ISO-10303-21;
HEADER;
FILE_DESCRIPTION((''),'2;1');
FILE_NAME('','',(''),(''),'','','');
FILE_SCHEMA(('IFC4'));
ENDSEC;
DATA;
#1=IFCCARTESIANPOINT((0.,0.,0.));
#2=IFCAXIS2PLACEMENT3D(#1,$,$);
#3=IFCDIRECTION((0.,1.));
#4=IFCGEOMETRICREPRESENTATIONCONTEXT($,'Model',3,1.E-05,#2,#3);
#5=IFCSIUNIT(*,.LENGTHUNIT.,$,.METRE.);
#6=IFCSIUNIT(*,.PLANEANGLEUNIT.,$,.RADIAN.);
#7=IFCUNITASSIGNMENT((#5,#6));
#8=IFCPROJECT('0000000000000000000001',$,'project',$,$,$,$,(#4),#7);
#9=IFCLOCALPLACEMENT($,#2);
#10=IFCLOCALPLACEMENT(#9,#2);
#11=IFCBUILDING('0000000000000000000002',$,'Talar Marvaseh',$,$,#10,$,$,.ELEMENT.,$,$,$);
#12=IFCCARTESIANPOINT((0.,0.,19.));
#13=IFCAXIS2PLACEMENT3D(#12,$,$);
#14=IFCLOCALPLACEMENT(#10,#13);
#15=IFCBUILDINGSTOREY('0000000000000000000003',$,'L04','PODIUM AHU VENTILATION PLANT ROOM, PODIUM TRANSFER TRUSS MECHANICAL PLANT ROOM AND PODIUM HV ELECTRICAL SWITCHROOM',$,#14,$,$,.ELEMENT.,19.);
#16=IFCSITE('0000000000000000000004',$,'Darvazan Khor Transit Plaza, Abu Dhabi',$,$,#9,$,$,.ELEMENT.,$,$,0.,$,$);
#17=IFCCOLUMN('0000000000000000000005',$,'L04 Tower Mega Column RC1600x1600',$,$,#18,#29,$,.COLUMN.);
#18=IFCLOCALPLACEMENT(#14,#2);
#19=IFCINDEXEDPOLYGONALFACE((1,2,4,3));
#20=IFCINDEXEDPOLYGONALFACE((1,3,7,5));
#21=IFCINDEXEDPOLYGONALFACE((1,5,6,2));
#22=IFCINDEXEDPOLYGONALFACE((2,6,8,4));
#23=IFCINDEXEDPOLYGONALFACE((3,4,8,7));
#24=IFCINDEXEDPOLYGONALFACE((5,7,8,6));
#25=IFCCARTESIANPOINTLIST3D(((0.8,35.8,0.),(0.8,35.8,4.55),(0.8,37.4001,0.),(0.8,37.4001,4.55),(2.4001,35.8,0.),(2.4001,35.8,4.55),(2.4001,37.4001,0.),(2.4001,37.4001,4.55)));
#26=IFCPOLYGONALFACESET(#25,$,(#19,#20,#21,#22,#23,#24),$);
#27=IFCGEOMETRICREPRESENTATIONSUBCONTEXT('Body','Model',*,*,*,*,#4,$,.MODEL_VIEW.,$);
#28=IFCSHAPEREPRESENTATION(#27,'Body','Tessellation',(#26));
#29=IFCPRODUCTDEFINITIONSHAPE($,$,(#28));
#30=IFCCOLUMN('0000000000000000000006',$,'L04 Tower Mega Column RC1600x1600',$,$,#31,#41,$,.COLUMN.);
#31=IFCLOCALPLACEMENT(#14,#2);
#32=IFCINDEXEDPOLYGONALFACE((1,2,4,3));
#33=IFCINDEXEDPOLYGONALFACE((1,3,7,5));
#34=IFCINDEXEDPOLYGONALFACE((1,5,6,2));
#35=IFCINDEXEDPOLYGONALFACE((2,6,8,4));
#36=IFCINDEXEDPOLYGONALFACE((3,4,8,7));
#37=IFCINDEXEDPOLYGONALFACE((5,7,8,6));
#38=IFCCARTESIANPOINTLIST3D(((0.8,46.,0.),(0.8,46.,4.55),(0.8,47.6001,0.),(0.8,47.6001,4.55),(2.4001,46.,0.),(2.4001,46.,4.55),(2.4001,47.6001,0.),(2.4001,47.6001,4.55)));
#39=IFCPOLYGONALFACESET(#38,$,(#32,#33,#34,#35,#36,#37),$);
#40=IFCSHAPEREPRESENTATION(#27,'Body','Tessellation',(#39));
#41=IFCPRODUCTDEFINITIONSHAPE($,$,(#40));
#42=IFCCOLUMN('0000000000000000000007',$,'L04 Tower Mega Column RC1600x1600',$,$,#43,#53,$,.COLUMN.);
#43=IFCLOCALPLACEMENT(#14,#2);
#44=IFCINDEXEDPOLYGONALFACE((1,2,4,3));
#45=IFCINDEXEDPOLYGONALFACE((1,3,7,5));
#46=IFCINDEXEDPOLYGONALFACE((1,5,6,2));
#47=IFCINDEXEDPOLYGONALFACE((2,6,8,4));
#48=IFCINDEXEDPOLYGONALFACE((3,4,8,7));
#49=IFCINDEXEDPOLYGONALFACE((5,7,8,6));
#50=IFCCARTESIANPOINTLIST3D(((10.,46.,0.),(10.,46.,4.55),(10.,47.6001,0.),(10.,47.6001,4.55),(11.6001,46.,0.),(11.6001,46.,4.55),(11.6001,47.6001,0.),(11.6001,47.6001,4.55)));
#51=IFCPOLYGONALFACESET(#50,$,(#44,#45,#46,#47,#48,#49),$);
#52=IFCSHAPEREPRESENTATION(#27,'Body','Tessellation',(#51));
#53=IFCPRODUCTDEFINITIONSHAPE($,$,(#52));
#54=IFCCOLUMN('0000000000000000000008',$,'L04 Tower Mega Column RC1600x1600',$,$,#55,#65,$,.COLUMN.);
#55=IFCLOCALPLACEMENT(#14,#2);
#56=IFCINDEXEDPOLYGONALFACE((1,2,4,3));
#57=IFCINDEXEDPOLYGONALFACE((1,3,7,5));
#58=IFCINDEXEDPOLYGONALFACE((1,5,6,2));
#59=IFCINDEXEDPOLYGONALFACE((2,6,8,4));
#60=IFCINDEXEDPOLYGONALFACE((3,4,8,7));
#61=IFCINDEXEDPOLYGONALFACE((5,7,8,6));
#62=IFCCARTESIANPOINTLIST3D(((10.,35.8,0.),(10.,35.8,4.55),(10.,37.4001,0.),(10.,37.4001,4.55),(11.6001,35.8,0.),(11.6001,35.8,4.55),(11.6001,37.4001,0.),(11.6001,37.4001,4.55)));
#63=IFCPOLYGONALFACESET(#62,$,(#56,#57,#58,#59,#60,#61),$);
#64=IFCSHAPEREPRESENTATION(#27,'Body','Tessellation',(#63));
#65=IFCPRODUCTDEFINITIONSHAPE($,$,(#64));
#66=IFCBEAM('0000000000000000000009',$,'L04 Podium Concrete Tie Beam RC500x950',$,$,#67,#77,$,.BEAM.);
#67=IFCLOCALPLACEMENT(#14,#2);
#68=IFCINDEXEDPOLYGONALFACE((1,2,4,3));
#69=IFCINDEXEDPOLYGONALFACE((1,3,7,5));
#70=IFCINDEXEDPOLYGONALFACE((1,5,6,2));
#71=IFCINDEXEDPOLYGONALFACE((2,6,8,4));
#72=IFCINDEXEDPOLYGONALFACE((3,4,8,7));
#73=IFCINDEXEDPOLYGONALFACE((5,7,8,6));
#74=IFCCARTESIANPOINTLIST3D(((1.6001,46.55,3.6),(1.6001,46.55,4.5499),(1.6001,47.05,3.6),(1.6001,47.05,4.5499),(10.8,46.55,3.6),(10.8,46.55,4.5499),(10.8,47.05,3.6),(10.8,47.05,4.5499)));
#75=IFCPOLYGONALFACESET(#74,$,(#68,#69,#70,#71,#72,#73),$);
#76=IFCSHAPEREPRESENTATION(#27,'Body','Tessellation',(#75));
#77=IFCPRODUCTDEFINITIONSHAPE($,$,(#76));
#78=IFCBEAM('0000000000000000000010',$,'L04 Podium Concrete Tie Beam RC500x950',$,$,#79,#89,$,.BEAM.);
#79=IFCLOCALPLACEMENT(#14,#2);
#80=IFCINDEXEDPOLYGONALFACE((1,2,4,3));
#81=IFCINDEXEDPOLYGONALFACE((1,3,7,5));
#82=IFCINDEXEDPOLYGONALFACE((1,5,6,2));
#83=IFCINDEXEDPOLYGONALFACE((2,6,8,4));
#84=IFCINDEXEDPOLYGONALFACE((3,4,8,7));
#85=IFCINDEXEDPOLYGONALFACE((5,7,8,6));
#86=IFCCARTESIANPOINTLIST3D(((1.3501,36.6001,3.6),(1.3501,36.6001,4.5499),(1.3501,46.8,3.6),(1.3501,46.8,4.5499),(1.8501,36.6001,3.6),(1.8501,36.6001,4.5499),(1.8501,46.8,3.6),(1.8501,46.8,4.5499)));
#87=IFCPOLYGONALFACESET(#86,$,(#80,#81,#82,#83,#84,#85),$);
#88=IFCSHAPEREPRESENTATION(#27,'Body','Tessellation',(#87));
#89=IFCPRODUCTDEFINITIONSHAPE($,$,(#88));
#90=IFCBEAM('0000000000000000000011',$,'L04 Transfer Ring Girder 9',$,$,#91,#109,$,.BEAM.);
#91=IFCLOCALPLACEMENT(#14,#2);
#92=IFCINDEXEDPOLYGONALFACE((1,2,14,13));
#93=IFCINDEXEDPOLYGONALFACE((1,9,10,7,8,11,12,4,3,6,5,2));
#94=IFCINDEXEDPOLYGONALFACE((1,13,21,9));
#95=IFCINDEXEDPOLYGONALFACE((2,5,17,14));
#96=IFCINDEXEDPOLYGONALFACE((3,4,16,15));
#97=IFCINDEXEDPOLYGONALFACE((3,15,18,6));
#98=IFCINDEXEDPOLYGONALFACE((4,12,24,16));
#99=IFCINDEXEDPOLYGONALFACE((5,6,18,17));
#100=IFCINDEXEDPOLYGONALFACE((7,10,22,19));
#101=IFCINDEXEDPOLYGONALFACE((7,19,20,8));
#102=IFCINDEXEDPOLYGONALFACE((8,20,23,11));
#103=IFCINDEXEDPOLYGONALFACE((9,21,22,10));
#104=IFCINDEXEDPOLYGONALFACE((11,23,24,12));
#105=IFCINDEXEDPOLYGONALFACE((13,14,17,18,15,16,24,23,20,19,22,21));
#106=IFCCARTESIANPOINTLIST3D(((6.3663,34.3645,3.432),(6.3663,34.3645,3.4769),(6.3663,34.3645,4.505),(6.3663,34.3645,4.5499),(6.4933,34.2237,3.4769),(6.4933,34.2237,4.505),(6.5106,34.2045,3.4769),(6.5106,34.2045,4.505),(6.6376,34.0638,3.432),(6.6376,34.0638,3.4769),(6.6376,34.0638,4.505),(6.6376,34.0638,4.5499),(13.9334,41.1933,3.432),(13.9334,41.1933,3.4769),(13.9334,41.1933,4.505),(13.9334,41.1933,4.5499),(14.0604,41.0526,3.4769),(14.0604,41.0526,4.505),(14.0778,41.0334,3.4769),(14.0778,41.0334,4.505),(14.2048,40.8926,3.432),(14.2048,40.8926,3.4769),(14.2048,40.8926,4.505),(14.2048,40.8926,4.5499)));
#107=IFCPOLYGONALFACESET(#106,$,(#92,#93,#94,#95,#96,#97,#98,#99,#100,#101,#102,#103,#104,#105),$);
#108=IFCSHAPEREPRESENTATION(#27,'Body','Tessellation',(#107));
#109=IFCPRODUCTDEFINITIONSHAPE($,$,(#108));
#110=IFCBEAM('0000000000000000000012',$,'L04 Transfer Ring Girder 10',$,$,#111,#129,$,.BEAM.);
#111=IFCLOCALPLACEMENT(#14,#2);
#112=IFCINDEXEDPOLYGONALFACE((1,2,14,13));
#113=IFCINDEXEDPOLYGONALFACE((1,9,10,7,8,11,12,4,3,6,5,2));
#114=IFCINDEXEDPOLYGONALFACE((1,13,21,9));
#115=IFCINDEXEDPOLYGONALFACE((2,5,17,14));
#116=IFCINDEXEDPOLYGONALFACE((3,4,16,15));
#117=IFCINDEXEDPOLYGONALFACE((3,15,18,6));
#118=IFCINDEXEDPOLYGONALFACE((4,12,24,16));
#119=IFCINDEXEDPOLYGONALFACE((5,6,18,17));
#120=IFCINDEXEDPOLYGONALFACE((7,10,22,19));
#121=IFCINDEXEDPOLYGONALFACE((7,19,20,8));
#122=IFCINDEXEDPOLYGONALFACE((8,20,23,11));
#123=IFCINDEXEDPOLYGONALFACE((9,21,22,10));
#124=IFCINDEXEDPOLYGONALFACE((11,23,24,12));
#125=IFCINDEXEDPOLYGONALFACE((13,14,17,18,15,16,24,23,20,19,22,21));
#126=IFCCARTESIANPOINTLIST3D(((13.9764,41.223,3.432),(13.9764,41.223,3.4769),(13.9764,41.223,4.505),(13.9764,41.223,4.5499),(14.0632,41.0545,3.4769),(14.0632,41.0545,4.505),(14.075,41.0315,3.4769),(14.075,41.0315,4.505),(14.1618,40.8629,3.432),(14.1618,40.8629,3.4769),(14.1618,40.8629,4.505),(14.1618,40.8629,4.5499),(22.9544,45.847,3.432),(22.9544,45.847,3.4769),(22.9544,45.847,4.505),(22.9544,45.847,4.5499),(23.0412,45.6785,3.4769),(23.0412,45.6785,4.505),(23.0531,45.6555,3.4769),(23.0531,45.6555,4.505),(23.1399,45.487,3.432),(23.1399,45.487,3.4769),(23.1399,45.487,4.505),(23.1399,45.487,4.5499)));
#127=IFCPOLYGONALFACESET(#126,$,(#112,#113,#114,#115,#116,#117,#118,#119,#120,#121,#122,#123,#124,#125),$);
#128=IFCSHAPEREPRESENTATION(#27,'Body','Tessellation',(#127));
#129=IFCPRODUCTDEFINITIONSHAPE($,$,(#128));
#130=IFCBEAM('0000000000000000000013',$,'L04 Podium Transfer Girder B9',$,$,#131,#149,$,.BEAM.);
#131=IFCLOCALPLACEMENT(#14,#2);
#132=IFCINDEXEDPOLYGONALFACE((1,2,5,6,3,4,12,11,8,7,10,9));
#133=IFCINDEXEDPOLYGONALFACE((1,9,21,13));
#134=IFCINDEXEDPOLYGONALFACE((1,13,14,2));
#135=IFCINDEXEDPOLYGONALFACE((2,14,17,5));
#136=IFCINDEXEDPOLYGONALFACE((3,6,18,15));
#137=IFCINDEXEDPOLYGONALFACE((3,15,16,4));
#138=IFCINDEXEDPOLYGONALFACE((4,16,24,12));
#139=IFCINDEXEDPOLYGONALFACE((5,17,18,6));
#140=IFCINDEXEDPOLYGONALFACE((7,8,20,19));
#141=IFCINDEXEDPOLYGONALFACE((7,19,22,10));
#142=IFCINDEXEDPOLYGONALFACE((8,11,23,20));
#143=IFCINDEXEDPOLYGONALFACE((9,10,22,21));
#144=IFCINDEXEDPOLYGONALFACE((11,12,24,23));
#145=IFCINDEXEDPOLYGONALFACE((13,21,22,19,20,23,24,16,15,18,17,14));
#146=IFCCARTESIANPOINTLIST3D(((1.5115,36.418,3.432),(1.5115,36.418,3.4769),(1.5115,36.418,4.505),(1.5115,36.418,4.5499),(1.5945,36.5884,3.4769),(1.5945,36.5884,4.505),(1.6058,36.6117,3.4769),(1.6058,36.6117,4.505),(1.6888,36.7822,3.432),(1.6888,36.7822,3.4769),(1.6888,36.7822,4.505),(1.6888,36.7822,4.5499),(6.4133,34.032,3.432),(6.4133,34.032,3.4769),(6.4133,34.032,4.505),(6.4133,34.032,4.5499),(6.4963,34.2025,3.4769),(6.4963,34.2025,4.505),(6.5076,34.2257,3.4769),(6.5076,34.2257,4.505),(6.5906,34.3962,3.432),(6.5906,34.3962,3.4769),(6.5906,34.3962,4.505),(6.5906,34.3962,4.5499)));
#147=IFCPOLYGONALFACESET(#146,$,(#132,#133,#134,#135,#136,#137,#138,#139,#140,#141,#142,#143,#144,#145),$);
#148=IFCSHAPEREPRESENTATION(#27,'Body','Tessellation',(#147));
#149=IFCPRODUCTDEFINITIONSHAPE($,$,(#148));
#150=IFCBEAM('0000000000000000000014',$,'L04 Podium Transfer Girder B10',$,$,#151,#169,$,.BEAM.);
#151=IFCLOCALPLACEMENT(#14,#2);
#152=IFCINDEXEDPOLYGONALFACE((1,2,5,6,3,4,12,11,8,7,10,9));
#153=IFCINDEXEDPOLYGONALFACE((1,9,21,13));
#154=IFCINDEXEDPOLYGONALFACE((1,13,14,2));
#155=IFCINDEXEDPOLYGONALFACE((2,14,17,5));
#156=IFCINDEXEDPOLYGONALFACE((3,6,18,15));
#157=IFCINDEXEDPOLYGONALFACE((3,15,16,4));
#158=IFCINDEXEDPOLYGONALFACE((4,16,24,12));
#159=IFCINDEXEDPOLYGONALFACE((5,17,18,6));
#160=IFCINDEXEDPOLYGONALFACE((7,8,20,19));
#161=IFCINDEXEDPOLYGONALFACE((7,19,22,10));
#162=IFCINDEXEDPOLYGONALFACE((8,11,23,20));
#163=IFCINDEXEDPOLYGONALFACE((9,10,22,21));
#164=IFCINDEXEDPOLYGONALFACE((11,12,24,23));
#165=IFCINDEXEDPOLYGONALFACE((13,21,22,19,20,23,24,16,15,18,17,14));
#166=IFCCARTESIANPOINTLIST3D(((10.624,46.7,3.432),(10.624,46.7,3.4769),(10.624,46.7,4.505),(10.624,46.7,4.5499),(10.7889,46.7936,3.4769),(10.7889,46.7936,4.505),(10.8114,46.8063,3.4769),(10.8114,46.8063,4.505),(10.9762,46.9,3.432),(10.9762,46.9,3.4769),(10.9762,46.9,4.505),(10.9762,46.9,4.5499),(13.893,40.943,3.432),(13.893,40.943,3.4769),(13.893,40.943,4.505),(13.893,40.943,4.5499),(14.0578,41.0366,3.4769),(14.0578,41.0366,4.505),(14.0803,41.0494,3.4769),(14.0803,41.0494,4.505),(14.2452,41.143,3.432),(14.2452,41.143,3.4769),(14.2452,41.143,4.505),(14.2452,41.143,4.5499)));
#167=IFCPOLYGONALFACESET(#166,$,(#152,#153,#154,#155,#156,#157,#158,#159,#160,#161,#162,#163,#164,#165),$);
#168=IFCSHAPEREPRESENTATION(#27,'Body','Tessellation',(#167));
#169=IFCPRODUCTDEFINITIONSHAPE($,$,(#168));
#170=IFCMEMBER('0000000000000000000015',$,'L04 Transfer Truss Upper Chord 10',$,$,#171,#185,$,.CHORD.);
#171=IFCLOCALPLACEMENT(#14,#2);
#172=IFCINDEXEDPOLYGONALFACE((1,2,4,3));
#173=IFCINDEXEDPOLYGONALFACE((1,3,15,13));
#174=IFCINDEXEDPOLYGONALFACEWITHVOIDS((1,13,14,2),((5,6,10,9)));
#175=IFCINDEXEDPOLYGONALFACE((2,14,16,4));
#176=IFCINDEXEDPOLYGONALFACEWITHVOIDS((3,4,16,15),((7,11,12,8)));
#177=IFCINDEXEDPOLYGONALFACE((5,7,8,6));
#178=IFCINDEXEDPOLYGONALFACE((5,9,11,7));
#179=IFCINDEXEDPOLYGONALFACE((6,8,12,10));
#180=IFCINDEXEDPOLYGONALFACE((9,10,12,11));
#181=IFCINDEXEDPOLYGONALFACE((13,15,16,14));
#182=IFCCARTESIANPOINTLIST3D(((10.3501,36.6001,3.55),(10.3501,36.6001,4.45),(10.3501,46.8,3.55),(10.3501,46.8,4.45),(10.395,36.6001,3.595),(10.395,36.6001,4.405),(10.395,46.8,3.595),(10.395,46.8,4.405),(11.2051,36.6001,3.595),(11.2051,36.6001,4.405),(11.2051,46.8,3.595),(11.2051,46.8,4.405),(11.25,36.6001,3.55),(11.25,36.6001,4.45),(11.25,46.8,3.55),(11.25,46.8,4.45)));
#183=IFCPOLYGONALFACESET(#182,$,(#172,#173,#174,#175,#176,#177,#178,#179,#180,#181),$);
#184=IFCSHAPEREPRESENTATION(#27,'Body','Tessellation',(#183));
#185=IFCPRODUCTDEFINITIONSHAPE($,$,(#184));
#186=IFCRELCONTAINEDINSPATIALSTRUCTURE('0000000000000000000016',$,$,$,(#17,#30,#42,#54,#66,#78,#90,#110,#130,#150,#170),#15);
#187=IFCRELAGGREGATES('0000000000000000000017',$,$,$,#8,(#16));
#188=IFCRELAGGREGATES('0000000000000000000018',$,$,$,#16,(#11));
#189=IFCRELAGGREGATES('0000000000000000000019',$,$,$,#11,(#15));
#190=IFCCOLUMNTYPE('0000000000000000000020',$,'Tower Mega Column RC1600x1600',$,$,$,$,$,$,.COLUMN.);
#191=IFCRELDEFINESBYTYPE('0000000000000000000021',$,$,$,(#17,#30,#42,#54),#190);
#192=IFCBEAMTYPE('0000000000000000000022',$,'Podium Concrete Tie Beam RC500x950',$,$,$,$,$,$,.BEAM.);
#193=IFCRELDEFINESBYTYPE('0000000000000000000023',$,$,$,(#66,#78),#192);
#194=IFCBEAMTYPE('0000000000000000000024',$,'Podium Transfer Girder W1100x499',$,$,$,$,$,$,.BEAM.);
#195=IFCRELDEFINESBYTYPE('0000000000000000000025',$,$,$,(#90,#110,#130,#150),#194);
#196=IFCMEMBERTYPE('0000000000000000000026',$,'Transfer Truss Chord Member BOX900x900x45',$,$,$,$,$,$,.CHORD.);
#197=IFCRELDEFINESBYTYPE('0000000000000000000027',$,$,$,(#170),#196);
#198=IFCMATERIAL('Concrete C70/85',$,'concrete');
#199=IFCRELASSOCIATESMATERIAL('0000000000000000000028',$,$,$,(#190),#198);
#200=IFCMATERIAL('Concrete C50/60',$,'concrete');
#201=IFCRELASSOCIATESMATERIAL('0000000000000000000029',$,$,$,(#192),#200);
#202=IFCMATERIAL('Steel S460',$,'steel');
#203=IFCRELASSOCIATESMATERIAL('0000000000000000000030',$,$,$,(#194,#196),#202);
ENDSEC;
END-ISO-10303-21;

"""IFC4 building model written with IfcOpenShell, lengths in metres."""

from ifc_helpers import new_model, si_unit, direction, frame, origin, origin_2d, place, context, subcontext, project, spatial, rectangle, hollow_rectangle, i_section, extrude, source, transform, mapped, material, material_profile, profile_set, type_object, element, save


model = new_model("IFC4")

# Units and contexts
model_context = context("Model", 3, precision=1e-05, world=origin(), true_north=direction((0.0, 1.0)))
body_context = subcontext(model_context, "Body", "Model", "MODEL_VIEW")
ifc_project = project(units=[si_unit("LENGTHUNIT", "METRE"), si_unit("PLANEANGLEUNIT", "RADIAN")], contexts=[model_context])

# Site, building, storey
site_placement = place(None, origin())
site = spatial("IfcSite", under=ifc_project, at=site_placement, Name="Darvazan Khor Transit Plaza, Abu Dhabi", CompositionType="ELEMENT", RefElevation=0.0)
building_placement = place(site_placement, origin())
building = spatial("IfcBuilding", under=site, at=building_placement, Name="Talar Marvaseh", CompositionType="ELEMENT")
storey_placement = place(building_placement, frame((0.0, 0.0, 19.0)))
storey = spatial("IfcBuildingStorey", under=building, at=storey_placement, Name="L04", Description="PODIUM AHU VENTILATION PLANT ROOM, PODIUM TRANSFER TRUSS MECHANICAL PLANT ROOM AND PODIUM HV ELECTRICAL SWITCHROOM", CompositionType="ELEMENT", Elevation=19.0)

# Columns
ifc_material_1 = material(Name="Concrete C70/85", Category="concrete")
ifc_material_profile_1 = material_profile(ifc_material_1, rectangle(XDim=1.6001, YDim=1.6001, at=origin_2d()), Name="RC1600x1600")
ifc_profile_set_1 = profile_set([ifc_material_profile_1], Name="Concrete C70/85")
column_type = type_object("IfcColumnType", Name="Tower Mega Column RC1600x1600", PredefinedType="COLUMN", material=ifc_profile_set_1)
for number, where, z_axis, x_axis, name in (
    (1, (1.6001, 36.6001, 0.0), (0.0, 0.0, 1.0), (1.0, 0.0, 0.0), "L04 Tower Mega Column RC1600x1600"),
    (2, (1.6001, 46.8, 0.0), (0.0, 0.0, 1.0), (1.0, 0.0, 0.0), "L04 Tower Mega Column RC1600x1600"),
    (3, (10.8, 46.8, 0.0), (0.0, 0.0, 1.0), (1.0, 0.0, 0.0), "L04 Tower Mega Column RC1600x1600"),
    (4, (10.8, 36.6001, 0.0), (0.0, 0.0, 1.0), (1.0, 0.0, 0.0), "L04 Tower Mega Column RC1600x1600"),
):
    element("IfcColumn", number, at=place(storey_placement, frame(where, z_axis=z_axis, x_axis=x_axis)), inside=storey, type_object=column_type, Name=name, PredefinedType="COLUMN", context=body_context, shape_type="SweptSolid", body=[
        extrude(rectangle(XDim=1.6001, YDim=1.6001, at=origin_2d()), origin(), (0.0, 0.0, 1.0), 4.55),
    ])

# Beams
ifc_material_2 = material(Name="Concrete C50/60", Category="concrete")
ifc_material_profile_2 = material_profile(ifc_material_2, rectangle(XDim=0.5, YDim=0.95, at=origin_2d()), Name="RC500x950")
ifc_profile_set_2 = profile_set([ifc_material_profile_2], Name="Concrete C50/60")
beam_type_1 = type_object("IfcBeamType", Name="Podium Concrete Tie Beam RC500x950", PredefinedType="BEAM", material=ifc_profile_set_2)
beam_1_placement = place(storey_placement, frame((1.6001, 46.8, 4.075), z_axis=(1.0, 0.0, 0.0), x_axis=(0.0, 1.0, 0.0)))
element("IfcBeam", 5, at=beam_1_placement, inside=storey, type_object=beam_type_1, Name="L04 Podium Concrete Tie Beam RC500x950", PredefinedType="BEAM", context=body_context, shape_type="SweptSolid", body=[
    extrude(rectangle(XDim=0.5, YDim=0.95, at=origin_2d()), origin(), (0.0, 0.0, 1.0), 9.2),
])
beam_2_placement = place(storey_placement, frame((1.6001, 36.6001, 4.075), z_axis=(0.0, 1.0, 0.0), x_axis=(-1.0, 0.0, 0.0)))
element("IfcBeam", 6, at=beam_2_placement, inside=storey, type_object=beam_type_1, Name="L04 Podium Concrete Tie Beam RC500x950", PredefinedType="BEAM", context=body_context, shape_type="SweptSolid", body=[
    extrude(rectangle(XDim=0.5, YDim=0.95, at=origin_2d()), origin(), (0.0, 0.0, 1.0), 10.2),
])
ifc_material_3 = material(Name="Steel S460", Category="steel")
ifc_material_profile_3 = material_profile(ifc_material_3, i_section(OverallWidth=0.405, OverallDepth=1.1179, WebThickness=0.0259, FlangeThickness=0.0449, at=origin_2d()), Name="W1100x499")
ifc_profile_set_3 = profile_set([ifc_material_profile_3], Name="Steel S460")
beam_type_2 = type_object("IfcBeamType", Name="Podium Transfer Girder W1100x499", PredefinedType="BEAM", material=ifc_profile_set_3)
beam_3_placement = place(storey_placement, frame((6.502, 34.2141, 3.991), z_axis=(0.742394, 0.669963, 0.0), x_axis=(-0.669963, 0.742394, 0.0)))
element("IfcBeam", 7, at=beam_3_placement, inside=storey, type_object=beam_type_2, Name="L04 Transfer Ring Girder 9", PredefinedType="BEAM", context=body_context, shape_type="SweptSolid", body=[
    extrude(i_section(OverallWidth=0.405, OverallDepth=1.1179, WebThickness=0.0259, FlangeThickness=0.0449, at=origin_2d()), origin(), (0.0, 0.0, 1.0), 10.1929),
])
beam_4_placement = place(storey_placement, frame((14.0691, 41.043, 3.991), z_axis=(0.889016, 0.457877, 0.0), x_axis=(-0.457877, 0.889016, 0.0)))
element("IfcBeam", 8, at=beam_4_placement, inside=storey, type_object=beam_type_2, Name="L04 Transfer Ring Girder 10", PredefinedType="BEAM", context=body_context, shape_type="SweptSolid", body=[
    extrude(i_section(OverallWidth=0.405, OverallDepth=1.1179, WebThickness=0.0259, FlangeThickness=0.0449, at=origin_2d()), origin(), (0.0, 0.0, 1.0), 10.0989),
])
beam_5_placement = place(storey_placement, frame((6.502, 34.2141, 3.991), z_axis=(-0.899141, 0.437659, 0.0), x_axis=(-0.437659, -0.899141, 0.0)))
element("IfcBeam", 9, at=beam_5_placement, inside=storey, type_object=beam_type_2, Name="L04 Podium Transfer Girder B9", PredefinedType="BEAM", context=body_context, shape_type="SweptSolid", body=[
    extrude(i_section(OverallWidth=0.405, OverallDepth=1.1179, WebThickness=0.0259, FlangeThickness=0.0449, at=origin_2d()), origin(), (0.0, 0.0, 1.0), 5.4517),
])
beam_6_placement = place(storey_placement, frame((14.0691, 41.043, 3.991), z_axis=(-0.493778, 0.869588, 0.0), x_axis=(-0.869588, -0.493778, 0.0)))
element("IfcBeam", 10, at=beam_6_placement, inside=storey, type_object=beam_type_2, Name="L04 Podium Transfer Girder B10", PredefinedType="BEAM", context=body_context, shape_type="SweptSolid", body=[
    extrude(i_section(OverallWidth=0.405, OverallDepth=1.1179, WebThickness=0.0259, FlangeThickness=0.0449, at=origin_2d()), origin(), (0.0, 0.0, 1.0), 6.6204),
])

# Member
ifc_material_profile_4 = material_profile(ifc_material_3, hollow_rectangle(XDim=0.8999, YDim=0.8999, WallThickness=0.0449, at=origin_2d()), Name="BOX900x900x45")
ifc_profile_set_4 = profile_set([ifc_material_profile_4], Name="Steel S460")
member_type_1 = type_object("IfcMemberType", Name="Transfer Truss Chord Member BOX900x900x45", PredefinedType="CHORD", material=ifc_profile_set_4)
shared_shape_1 = source(origin(), body_context, "Body", "SweptSolid", [
    extrude(hollow_rectangle(XDim=0.8999, YDim=0.8999, WallThickness=0.0449, at=origin_2d()), origin(), (0.0, 0.0, 1.0), 10.2),
])
member_1_placement = place(storey_placement, frame((10.8, 36.6001, 4.0), z_axis=(0.0, 1.0, 0.0), x_axis=(-1.0, 0.0, 0.0)))
element("IfcMember", 11, at=member_1_placement, inside=storey, type_object=member_type_1, Name="L04 Transfer Truss Upper Chord 10", PredefinedType="CHORD", context=body_context, shape_type="MappedRepresentation", body=[
    mapped(shared_shape_1, transform((0.0, 0.0, 0.0), x_axis=(1.0, 0.0, 0.0), y_axis=(0.0, 1.0, 0.0), z_axis=(0.0, 0.0, 1.0), scale=1.0)),
])

save(model, "model.ifc")
